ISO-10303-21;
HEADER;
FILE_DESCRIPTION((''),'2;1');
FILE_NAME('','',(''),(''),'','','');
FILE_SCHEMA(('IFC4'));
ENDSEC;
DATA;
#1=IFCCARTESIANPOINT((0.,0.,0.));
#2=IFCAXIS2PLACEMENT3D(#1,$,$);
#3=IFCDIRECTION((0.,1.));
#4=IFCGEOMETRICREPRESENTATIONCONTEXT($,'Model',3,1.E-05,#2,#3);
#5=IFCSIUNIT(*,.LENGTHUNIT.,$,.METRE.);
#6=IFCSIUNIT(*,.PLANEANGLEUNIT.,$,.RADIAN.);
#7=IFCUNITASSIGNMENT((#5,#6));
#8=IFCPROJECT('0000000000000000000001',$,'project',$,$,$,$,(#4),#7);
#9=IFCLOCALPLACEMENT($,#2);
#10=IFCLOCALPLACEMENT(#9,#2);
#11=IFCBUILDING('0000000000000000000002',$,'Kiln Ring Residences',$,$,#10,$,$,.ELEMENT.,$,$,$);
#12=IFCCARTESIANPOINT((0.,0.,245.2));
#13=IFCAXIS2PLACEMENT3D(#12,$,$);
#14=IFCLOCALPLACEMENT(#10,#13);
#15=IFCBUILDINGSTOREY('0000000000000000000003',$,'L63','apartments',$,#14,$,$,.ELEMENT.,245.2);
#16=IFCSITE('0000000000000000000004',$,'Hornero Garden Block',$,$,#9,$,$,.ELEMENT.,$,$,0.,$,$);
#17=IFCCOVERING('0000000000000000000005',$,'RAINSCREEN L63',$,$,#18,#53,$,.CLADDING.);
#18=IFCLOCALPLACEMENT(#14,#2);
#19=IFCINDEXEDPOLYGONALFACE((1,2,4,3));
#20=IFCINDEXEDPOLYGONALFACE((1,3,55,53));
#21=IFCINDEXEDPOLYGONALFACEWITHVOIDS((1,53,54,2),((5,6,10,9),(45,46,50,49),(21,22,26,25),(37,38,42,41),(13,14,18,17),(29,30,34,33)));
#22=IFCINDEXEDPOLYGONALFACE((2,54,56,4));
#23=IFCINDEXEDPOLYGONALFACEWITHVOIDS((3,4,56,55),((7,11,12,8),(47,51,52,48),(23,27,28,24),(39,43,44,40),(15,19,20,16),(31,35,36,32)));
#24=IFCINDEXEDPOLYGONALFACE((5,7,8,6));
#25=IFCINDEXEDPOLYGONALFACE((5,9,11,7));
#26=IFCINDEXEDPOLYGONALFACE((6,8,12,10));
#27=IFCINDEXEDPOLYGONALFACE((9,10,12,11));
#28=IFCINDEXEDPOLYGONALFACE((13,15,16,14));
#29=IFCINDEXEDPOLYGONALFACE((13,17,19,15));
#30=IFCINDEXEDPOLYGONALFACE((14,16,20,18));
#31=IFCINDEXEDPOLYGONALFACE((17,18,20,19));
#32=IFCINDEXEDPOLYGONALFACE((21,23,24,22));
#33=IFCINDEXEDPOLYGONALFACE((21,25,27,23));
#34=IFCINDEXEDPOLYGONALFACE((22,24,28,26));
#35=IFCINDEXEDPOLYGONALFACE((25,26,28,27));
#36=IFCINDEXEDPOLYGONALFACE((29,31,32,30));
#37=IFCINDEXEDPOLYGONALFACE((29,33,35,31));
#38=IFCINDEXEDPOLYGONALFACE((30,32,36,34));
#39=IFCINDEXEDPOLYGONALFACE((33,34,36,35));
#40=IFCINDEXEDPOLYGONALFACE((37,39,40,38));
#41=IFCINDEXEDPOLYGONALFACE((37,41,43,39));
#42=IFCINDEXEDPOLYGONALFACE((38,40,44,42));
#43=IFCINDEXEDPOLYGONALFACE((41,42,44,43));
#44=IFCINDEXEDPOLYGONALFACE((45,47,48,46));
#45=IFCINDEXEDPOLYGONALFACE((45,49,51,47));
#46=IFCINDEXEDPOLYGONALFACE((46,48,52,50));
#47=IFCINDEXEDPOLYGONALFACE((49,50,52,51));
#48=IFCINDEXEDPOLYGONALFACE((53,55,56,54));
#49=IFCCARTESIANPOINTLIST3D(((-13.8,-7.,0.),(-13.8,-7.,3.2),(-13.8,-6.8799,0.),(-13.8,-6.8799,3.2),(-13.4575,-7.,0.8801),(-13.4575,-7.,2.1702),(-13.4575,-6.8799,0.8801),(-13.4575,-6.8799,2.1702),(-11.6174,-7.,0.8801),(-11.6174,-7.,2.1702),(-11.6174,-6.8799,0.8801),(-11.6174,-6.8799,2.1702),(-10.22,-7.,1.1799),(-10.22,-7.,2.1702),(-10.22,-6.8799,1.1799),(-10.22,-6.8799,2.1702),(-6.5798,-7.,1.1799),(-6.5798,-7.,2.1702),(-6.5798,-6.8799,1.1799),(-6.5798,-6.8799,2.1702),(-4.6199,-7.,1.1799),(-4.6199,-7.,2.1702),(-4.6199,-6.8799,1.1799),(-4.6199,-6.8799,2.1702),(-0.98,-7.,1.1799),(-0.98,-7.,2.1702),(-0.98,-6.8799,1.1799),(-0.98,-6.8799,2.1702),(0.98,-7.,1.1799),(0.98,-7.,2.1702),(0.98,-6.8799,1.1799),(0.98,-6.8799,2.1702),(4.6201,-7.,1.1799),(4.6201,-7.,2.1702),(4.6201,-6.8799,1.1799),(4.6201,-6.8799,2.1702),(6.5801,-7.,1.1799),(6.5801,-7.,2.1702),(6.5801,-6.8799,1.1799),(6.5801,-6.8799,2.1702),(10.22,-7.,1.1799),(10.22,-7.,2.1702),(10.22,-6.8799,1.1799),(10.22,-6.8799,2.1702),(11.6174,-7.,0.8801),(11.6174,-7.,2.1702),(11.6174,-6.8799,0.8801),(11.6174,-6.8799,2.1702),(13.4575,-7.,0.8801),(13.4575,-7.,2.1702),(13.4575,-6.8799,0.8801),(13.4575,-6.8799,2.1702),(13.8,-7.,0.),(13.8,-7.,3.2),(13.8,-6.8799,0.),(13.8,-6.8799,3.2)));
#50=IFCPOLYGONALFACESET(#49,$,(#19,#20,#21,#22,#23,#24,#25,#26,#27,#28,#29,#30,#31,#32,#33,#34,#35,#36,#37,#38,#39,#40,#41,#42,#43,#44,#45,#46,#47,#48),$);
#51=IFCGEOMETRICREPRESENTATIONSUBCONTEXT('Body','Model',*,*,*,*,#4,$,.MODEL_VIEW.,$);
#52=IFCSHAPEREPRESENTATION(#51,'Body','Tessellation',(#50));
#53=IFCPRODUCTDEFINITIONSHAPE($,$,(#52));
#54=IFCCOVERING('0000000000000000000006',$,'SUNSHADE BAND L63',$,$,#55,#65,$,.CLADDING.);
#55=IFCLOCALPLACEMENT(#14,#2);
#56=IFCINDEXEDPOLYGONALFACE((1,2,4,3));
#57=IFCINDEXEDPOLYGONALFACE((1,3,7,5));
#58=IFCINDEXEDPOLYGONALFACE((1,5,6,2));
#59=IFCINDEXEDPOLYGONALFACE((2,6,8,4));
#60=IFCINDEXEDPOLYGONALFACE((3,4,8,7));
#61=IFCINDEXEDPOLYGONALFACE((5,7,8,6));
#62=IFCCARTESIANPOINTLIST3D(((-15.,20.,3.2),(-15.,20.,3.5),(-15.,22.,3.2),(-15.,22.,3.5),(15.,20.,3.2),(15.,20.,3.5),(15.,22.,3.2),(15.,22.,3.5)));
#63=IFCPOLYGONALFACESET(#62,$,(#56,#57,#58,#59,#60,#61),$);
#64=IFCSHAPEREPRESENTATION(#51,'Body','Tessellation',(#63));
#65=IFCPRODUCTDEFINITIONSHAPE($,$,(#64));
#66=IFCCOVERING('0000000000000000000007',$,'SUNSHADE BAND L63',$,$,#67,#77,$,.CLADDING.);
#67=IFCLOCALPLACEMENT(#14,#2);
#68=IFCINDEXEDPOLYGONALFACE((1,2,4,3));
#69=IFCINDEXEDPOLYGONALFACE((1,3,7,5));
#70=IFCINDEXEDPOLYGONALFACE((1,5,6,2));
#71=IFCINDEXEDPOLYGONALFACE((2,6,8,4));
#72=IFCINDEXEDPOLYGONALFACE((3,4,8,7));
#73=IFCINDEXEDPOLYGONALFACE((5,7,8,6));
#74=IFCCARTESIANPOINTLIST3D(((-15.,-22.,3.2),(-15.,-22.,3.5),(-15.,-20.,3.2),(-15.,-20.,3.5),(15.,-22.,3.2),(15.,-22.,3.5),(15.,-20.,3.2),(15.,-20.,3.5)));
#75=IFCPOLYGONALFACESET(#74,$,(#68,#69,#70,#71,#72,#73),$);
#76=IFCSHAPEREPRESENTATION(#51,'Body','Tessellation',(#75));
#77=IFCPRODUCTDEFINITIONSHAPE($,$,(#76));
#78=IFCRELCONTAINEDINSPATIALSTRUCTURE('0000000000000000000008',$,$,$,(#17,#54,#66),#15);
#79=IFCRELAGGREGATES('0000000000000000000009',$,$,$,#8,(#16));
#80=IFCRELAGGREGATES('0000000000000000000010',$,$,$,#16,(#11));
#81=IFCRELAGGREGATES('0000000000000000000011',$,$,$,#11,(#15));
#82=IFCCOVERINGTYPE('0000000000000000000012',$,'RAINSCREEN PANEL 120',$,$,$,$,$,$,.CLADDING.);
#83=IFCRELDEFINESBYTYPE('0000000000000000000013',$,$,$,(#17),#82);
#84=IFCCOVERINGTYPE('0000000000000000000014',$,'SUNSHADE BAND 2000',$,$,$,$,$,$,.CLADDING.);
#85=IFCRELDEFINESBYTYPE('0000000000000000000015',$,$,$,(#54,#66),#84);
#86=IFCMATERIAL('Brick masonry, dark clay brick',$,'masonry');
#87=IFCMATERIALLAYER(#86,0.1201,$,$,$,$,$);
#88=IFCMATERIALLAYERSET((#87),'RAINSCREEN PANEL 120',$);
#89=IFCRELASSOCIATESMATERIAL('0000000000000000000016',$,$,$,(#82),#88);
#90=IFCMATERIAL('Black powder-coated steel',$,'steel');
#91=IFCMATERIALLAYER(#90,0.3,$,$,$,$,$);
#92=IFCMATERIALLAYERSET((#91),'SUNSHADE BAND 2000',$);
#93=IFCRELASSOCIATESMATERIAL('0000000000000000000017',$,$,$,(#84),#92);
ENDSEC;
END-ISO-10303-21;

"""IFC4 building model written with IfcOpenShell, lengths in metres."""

from ifc_helpers import new_model, si_unit, direction, frame, origin, place, context, subcontext, project, spatial, polyline, outline, extrude, material, layer, layer_set, type_object, element, save


model = new_model("IFC4")

# Units and contexts
model_context = context("Model", 3, precision=1e-05, world=origin(), true_north=direction((0.0, 1.0)))
body_context = subcontext(model_context, "Body", "Model", "MODEL_VIEW")
ifc_project = project(units=[si_unit("LENGTHUNIT", "METRE"), si_unit("PLANEANGLEUNIT", "RADIAN")], contexts=[model_context])

# Site, building, storey
site_placement = place(None, origin())
site = spatial("IfcSite", under=ifc_project, at=site_placement, Name="Hornero Garden Block", CompositionType="ELEMENT", RefElevation=0.0)
building_placement = place(site_placement, origin())
building = spatial("IfcBuilding", under=site, at=building_placement, Name="Kiln Ring Residences", CompositionType="ELEMENT")
storey_placement = place(building_placement, frame((0.0, 0.0, 245.2)))
storey = spatial("IfcBuildingStorey", under=building, at=storey_placement, Name="L63", Description="apartments", CompositionType="ELEMENT", Elevation=245.2)

# Coverings
ifc_material_1 = material(Name="Brick masonry, dark clay brick", Category="masonry")
ifc_layer_1 = layer(ifc_material_1, 0.1201)
ifc_layer_set_1 = layer_set([ifc_layer_1], Name="RAINSCREEN PANEL 120")
covering_type_1 = type_object("IfcCoveringType", Name="RAINSCREEN PANEL 120", PredefinedType="CLADDING", material=ifc_layer_set_1)
covering_1_placement = place(storey_placement, frame((13.8, -6.9399, 0.0), z_axis=(0.0, 0.0, 1.0), x_axis=(-1.0, 0.0, 0.0)))
element("IfcCovering", 1, at=covering_1_placement, inside=storey, type_object=covering_type_1, Name="RAINSCREEN L63", PredefinedType="CLADDING", context=body_context, shape_type="SweptSolid", body=[
    extrude(outline(polyline([(0.0, 0.0), (27.6001, 0.0), (27.6001, 3.2), (0.0, 3.2), (0.0, 0.0)]), holes=[polyline([(2.1826, 0.8801), (2.1826, 2.1702), (0.3425, 2.1702), (0.3425, 0.8801), (2.1826, 0.8801)]), polyline([(25.4175, 0.8801), (27.2576, 0.8801), (27.2576, 2.1702), (25.4175, 2.1702), (25.4175, 0.8801)]), polyline([(3.5801, 1.1799), (7.22, 1.1799), (7.22, 2.1702), (3.5801, 2.1702), (3.5801, 1.1799)]), polyline([(12.8201, 1.1799), (12.8201, 2.1702), (9.1799, 2.1702), (9.1799, 1.1799), (12.8201, 1.1799)]), polyline([(14.78, 1.1799), (18.4199, 1.1799), (18.4199, 2.1702), (14.78, 2.1702), (14.78, 1.1799)]), polyline([(20.3799, 1.1799), (24.02, 1.1799), (24.02, 2.1702), (20.3799, 2.1702), (20.3799, 1.1799)])]), frame((0.0, 0.0601, 0.0), z_axis=(0.0, -1.0, 0.0), x_axis=(1.0, 0.0, 0.0)), (0.0, 0.0, 1.0), 0.1201),
])
ifc_material_2 = material(Name="Black powder-coated steel", Category="steel")
ifc_layer_2 = layer(ifc_material_2, 0.3)
ifc_layer_set_2 = layer_set([ifc_layer_2], Name="SUNSHADE BAND 2000")
covering_type_2 = type_object("IfcCoveringType", Name="SUNSHADE BAND 2000", PredefinedType="CLADDING", material=ifc_layer_set_2)
placement_1 = place(storey_placement, frame((0.0, 0.0, 3.2)))
element("IfcCovering", 2, at=placement_1, inside=storey, type_object=covering_type_2, Name="SUNSHADE BAND L63", PredefinedType="CLADDING", context=body_context, shape_type="SweptSolid", body=[
    extrude(outline(polyline([(15.0, 22.0), (-15.0, 22.0), (-15.0, 20.0), (15.0, 20.0), (15.0, 22.0)])), origin(), (0.0, 0.0, 1.0), 0.3),
])
element("IfcCovering", 3, at=placement_1, inside=storey, type_object=covering_type_2, Name="SUNSHADE BAND L63", PredefinedType="CLADDING", context=body_context, shape_type="SweptSolid", body=[
    extrude(outline(polyline([(-15.0, -22.0), (15.0, -22.0), (15.0, -20.0), (-15.0, -20.0), (-15.0, -22.0)])), origin(), (0.0, 0.0, 1.0), 0.3),
])

save(model, "model.ifc")
